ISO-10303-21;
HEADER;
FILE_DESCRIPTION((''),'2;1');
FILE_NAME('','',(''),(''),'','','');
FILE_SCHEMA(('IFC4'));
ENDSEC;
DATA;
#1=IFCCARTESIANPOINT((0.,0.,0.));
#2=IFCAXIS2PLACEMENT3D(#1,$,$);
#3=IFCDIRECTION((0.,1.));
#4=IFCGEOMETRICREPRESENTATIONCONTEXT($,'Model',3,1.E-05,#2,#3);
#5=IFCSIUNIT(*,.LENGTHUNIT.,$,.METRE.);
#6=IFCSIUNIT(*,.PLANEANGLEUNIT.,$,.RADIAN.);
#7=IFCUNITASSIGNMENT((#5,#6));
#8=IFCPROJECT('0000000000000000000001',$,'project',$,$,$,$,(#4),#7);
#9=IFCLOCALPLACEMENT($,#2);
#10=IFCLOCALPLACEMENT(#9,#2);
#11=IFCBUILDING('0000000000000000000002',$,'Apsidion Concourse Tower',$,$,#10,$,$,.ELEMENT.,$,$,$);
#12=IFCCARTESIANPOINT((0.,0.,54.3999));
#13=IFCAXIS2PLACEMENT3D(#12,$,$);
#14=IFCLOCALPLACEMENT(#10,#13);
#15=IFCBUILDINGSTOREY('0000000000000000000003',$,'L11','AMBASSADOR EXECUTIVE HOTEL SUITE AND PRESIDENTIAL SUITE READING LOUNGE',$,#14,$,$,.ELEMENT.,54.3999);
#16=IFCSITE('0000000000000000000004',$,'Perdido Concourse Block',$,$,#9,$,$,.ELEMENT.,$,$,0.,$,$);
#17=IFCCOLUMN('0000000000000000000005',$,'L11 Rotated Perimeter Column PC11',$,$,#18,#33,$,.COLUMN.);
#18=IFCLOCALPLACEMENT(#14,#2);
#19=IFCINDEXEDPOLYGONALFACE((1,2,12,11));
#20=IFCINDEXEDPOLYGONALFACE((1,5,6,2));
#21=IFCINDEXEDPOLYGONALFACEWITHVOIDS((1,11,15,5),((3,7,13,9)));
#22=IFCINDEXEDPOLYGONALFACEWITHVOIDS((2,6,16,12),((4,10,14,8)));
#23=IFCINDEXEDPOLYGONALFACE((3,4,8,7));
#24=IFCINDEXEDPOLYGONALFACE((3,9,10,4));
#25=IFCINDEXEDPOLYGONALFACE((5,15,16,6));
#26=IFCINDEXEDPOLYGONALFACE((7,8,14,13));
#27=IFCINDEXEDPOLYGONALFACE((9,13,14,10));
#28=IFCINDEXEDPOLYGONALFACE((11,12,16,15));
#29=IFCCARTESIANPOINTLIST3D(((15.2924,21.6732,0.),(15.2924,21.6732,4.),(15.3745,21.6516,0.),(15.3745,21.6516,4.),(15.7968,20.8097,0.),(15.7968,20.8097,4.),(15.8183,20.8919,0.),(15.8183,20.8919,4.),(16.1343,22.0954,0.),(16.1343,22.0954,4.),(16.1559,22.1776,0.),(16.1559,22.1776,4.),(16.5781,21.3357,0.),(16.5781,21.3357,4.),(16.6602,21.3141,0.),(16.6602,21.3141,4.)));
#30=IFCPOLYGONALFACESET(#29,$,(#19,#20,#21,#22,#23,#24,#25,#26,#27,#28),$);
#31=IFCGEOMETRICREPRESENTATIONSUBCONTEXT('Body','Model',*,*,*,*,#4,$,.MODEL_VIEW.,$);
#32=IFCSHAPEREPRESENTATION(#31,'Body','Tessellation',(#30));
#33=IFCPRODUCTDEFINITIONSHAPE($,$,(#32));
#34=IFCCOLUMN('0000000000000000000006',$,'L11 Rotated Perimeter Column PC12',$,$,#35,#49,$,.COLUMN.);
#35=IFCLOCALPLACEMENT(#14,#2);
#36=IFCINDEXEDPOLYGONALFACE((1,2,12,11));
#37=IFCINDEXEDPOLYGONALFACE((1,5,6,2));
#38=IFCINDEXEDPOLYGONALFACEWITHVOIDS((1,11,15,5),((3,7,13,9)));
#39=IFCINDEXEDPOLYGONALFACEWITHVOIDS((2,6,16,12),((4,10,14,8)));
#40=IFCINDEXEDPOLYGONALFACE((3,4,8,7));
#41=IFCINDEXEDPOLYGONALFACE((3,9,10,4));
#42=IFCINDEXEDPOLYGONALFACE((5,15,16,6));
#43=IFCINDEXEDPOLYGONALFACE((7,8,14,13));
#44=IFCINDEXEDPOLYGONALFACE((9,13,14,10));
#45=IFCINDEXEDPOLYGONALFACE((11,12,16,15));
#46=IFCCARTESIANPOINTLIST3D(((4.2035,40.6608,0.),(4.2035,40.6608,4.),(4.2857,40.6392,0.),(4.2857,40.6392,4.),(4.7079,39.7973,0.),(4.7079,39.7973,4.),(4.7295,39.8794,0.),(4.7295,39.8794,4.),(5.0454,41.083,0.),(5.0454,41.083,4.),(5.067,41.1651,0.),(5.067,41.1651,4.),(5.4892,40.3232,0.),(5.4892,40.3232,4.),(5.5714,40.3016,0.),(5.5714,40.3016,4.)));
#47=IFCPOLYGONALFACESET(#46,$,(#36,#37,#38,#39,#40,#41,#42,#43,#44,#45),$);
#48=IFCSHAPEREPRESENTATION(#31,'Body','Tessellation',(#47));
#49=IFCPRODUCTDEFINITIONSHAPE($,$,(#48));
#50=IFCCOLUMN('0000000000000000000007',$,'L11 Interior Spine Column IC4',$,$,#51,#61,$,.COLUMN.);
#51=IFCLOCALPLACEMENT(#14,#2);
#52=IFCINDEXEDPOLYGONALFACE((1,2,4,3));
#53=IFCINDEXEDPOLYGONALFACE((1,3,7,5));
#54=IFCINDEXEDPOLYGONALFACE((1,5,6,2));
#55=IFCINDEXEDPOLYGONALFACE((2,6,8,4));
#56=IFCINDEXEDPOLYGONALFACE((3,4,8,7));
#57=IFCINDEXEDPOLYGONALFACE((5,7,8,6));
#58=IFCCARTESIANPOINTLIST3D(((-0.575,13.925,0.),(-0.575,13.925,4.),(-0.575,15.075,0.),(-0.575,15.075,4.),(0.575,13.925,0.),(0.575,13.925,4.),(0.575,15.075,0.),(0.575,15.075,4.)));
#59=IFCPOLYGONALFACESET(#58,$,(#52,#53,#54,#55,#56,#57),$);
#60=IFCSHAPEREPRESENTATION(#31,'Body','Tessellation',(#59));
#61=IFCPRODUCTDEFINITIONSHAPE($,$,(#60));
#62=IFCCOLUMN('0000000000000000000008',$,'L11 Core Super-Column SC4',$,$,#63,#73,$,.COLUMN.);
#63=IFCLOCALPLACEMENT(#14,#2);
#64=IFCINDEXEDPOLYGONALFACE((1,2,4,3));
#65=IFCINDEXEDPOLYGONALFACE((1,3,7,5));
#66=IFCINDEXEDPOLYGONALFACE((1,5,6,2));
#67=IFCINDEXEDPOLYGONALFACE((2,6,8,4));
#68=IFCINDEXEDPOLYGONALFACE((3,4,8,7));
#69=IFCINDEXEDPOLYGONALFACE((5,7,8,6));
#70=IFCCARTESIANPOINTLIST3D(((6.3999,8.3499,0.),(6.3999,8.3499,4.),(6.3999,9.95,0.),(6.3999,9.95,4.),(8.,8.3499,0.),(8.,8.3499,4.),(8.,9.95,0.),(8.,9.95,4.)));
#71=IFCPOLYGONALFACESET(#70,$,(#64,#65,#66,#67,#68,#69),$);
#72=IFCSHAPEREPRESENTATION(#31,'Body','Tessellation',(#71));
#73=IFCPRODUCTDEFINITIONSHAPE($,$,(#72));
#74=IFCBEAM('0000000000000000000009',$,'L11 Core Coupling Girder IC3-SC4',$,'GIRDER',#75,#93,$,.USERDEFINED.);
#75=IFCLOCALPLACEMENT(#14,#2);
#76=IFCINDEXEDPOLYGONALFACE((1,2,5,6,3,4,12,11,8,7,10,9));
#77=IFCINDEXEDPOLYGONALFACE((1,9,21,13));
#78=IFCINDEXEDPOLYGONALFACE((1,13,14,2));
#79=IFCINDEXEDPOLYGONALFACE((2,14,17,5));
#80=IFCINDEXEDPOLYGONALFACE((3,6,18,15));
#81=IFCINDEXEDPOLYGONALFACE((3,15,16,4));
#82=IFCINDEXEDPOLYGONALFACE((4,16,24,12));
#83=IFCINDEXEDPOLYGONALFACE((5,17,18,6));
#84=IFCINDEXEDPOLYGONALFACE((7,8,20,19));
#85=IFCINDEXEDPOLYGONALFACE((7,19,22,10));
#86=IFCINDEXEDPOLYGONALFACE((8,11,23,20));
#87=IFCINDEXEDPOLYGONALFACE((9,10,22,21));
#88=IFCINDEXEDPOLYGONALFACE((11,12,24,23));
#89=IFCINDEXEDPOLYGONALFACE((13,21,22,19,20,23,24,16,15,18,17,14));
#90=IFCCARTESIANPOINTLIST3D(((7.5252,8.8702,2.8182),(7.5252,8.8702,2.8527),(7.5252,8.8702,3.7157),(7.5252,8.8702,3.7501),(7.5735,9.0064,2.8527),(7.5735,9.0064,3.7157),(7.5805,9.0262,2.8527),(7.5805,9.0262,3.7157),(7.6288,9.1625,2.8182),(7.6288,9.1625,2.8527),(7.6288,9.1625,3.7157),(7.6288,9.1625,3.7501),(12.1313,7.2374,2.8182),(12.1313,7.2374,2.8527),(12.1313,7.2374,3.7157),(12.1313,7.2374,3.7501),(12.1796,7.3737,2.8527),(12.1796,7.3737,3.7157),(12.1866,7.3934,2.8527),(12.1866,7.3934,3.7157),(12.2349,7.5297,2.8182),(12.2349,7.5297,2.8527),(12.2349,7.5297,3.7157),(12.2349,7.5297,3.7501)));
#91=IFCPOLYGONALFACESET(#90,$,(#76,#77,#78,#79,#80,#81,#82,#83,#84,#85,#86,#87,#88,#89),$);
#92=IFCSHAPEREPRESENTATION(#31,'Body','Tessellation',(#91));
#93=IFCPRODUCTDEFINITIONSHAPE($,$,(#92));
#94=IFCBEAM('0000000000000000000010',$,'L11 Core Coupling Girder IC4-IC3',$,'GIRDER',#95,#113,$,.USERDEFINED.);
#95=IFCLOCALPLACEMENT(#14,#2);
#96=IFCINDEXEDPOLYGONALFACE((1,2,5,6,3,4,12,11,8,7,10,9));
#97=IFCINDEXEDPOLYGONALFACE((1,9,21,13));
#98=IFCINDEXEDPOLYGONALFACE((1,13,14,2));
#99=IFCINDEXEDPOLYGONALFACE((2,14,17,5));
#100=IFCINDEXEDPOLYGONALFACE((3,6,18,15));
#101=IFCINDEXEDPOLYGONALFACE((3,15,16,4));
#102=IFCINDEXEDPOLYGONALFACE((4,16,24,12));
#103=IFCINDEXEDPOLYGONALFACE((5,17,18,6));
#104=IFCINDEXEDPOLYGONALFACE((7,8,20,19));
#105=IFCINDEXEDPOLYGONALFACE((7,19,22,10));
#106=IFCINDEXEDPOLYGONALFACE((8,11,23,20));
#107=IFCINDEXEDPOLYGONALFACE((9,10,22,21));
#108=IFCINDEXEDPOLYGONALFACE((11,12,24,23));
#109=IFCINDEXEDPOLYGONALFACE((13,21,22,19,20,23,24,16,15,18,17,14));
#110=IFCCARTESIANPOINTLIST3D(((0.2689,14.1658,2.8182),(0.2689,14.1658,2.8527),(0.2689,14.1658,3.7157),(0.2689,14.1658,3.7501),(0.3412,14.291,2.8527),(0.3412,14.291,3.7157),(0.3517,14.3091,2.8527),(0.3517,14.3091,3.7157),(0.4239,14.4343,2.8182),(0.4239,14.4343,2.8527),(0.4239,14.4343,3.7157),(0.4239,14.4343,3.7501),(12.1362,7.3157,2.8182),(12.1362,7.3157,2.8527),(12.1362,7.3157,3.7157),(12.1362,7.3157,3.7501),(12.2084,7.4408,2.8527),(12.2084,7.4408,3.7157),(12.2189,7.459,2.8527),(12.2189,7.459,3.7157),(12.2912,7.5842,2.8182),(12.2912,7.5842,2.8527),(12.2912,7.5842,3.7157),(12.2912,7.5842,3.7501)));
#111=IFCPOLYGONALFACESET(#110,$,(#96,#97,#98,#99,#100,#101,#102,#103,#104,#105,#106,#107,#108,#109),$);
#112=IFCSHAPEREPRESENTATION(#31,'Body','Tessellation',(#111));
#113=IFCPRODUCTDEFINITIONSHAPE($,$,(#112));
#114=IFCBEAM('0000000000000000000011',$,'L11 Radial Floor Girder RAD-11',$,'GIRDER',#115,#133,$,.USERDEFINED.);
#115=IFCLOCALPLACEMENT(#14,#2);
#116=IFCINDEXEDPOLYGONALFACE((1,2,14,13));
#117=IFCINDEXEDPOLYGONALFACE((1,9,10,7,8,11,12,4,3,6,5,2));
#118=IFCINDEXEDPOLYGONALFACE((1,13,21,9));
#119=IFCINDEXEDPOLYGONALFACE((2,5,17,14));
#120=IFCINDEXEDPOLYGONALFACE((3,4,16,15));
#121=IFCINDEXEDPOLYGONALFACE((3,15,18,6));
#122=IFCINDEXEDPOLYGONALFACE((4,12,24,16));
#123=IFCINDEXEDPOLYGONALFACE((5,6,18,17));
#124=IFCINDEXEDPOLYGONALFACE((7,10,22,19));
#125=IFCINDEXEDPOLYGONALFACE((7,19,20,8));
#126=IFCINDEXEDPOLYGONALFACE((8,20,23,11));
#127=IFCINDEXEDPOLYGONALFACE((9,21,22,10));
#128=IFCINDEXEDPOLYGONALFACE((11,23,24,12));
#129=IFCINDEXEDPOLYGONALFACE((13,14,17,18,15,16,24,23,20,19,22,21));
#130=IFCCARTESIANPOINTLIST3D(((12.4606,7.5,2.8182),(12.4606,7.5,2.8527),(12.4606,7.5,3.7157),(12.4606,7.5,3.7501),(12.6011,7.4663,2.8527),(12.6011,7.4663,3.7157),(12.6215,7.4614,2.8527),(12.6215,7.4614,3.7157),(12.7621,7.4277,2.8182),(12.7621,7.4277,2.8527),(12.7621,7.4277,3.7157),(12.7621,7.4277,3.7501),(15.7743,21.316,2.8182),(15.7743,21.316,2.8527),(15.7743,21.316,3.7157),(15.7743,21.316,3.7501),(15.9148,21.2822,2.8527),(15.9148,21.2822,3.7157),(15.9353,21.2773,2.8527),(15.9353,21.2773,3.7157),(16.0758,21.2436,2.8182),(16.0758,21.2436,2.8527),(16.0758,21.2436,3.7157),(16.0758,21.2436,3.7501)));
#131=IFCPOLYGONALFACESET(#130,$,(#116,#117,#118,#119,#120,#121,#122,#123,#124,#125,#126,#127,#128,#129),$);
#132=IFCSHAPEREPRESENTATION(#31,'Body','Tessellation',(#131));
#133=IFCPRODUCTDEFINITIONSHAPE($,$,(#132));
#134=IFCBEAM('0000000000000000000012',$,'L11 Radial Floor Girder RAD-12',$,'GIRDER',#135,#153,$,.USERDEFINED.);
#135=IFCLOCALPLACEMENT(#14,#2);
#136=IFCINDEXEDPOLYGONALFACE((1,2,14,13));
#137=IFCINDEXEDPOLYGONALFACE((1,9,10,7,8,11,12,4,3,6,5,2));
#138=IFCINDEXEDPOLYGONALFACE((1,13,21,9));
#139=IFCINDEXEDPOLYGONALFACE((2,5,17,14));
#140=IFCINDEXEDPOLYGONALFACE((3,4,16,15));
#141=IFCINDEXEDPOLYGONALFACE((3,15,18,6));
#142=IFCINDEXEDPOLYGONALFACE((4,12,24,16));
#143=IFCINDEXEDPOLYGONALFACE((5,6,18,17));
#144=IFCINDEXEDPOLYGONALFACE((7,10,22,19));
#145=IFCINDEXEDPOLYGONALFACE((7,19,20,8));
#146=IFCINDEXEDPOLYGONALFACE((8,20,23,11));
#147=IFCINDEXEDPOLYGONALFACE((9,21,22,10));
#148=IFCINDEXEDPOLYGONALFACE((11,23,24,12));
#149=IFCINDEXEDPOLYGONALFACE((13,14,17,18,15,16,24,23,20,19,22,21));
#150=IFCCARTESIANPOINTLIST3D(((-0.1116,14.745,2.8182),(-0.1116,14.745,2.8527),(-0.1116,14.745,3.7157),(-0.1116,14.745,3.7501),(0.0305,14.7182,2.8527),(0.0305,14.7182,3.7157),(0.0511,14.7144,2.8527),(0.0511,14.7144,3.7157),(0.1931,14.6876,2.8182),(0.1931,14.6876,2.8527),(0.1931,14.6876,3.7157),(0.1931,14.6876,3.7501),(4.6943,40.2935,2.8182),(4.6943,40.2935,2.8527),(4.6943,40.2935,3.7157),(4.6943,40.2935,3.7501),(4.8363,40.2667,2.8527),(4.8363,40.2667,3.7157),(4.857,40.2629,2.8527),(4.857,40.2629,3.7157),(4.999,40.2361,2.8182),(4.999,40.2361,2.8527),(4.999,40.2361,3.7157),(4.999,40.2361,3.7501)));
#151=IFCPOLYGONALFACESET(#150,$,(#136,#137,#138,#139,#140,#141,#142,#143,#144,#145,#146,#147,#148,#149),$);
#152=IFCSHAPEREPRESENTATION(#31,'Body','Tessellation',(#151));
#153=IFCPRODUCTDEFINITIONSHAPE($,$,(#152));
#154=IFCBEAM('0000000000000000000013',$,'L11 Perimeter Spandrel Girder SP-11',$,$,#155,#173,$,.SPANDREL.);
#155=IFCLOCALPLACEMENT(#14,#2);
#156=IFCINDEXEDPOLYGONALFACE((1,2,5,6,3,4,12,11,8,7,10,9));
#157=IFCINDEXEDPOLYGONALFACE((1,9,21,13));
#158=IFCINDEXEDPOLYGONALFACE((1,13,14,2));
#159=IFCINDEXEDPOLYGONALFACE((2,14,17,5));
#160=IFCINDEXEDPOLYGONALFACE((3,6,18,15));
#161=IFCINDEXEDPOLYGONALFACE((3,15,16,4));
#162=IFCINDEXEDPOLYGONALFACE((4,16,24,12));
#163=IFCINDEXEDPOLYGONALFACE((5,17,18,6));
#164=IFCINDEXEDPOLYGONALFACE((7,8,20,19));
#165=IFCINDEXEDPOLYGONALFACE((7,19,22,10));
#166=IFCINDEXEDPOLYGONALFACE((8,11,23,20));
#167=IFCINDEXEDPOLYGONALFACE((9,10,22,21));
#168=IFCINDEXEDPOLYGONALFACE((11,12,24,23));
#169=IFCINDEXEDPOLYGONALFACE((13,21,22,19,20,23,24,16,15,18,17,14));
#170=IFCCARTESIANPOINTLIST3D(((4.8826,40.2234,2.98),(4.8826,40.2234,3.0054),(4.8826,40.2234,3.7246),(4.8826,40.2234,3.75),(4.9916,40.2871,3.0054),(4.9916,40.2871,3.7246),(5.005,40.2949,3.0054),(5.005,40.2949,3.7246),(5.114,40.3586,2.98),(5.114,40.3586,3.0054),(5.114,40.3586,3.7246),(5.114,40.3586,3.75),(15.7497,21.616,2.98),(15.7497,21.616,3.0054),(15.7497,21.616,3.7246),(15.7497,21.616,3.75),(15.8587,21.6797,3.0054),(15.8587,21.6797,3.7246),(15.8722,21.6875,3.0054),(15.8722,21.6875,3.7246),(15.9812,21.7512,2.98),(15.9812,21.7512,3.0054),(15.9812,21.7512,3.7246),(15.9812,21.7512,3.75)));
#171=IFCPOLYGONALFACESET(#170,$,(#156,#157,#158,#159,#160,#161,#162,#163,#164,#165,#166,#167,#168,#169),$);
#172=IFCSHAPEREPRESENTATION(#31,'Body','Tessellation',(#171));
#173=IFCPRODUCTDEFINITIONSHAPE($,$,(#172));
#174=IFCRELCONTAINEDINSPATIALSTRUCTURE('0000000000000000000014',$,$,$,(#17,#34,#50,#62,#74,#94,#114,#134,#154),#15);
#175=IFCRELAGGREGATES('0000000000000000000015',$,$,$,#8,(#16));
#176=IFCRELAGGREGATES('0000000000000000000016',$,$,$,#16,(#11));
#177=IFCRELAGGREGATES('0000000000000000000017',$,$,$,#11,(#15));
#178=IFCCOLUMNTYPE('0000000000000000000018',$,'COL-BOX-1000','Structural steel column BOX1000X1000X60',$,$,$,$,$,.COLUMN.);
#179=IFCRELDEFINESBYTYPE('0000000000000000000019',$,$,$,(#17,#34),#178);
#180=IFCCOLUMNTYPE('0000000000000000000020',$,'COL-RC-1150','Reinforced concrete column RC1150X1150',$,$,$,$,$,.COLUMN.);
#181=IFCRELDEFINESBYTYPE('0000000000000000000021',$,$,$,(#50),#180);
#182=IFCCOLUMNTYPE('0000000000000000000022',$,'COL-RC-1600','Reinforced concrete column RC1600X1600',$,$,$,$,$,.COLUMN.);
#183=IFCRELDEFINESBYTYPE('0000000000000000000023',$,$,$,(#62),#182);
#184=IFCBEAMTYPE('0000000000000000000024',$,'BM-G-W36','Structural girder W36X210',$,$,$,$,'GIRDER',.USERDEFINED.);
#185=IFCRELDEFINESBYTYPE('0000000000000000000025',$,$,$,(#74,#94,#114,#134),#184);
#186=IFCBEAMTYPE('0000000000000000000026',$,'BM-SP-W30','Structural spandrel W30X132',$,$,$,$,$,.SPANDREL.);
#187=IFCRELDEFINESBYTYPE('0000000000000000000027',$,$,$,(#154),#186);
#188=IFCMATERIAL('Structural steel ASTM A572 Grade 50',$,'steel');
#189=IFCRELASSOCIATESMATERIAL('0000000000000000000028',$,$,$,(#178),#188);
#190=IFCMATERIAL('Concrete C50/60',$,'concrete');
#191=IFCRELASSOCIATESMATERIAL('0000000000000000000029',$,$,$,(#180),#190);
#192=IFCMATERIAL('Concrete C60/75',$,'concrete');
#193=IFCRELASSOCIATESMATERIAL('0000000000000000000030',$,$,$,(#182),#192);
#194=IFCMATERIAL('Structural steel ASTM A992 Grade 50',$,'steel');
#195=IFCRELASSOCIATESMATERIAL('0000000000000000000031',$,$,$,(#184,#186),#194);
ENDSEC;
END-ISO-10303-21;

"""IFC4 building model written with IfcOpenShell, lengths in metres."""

from ifc_helpers import new_model, si_unit, direction, frame, origin, origin_2d, place, context, subcontext, project, spatial, rectangle, hollow_rectangle, i_section, extrude, material, material_profile, profile_set, type_object, element, save


model = new_model("IFC4")

# Units and contexts
model_context = context("Model", 3, precision=1e-05, world=origin(), true_north=direction((0.0, 1.0)))
body_context = subcontext(model_context, "Body", "Model", "MODEL_VIEW")
ifc_project = project(units=[si_unit("LENGTHUNIT", "METRE"), si_unit("PLANEANGLEUNIT", "RADIAN")], contexts=[model_context])

# Site, building, storey
site_placement = place(None, origin())
site = spatial("IfcSite", under=ifc_project, at=site_placement, Name="Perdido Concourse Block", CompositionType="ELEMENT", RefElevation=0.0)
building_placement = place(site_placement, origin())
building = spatial("IfcBuilding", under=site, at=building_placement, Name="Apsidion Concourse Tower", CompositionType="ELEMENT")
storey_placement = place(building_placement, frame((0.0, 0.0, 54.3999)))
storey = spatial("IfcBuildingStorey", under=building, at=storey_placement, Name="L11", Description="AMBASSADOR EXECUTIVE HOTEL SUITE AND PRESIDENTIAL SUITE READING LOUNGE", CompositionType="ELEMENT", Elevation=54.3999)

# Columns
ifc_material_1 = material(Name="Structural steel ASTM A572 Grade 50", Category="steel")
ifc_material_profile_1 = material_profile(ifc_material_1, hollow_rectangle(XDim=1.0, YDim=1.0, WallThickness=0.0601, at=origin_2d()), Name="BOX1000X1000X60")
ifc_profile_set_1 = profile_set([ifc_material_profile_1], Name="Structural steel ASTM A572 Grade 50")
column_type_1 = type_object("IfcColumnType", Name="COL-BOX-1000", Description="Structural steel column BOX1000X1000X60", PredefinedType="COLUMN", material=ifc_profile_set_1)
for number, where, z_axis, x_axis, name in (
    (1, (15.9763, 21.4937, 0.0), (0.0, 0.0, 1.0), (-0.504377, 0.863484, 0.0), "L11 Rotated Perimeter Column PC11"),
    (2, (4.8875, 40.4812, 0.0), (0.0, 0.0, 1.0), (-0.504377, 0.863484, 0.0), "L11 Rotated Perimeter Column PC12"),
):
    element("IfcColumn", number, at=place(storey_placement, frame(where, z_axis=z_axis, x_axis=x_axis)), inside=storey, type_object=column_type_1, Name=name, PredefinedType="COLUMN", context=body_context, shape_type="SweptSolid", body=[
        extrude(hollow_rectangle(XDim=1.0, YDim=1.0, WallThickness=0.0601, at=origin_2d()), origin(), (0.0, 0.0, 1.0), 4.0),
    ])
ifc_material_2 = material(Name="Concrete C50/60", Category="concrete")
ifc_material_profile_2 = material_profile(ifc_material_2, rectangle(XDim=1.1499, YDim=1.1499, at=origin_2d()), Name="RC 1150x1150")
ifc_profile_set_2 = profile_set([ifc_material_profile_2], Name="Concrete C50/60")
column_type_2 = type_object("IfcColumnType", Name="COL-RC-1150", Description="Reinforced concrete column RC1150X1150", PredefinedType="COLUMN", material=ifc_profile_set_2)
column_1_placement = place(storey_placement, frame((0.0, 14.5, 0.0), z_axis=(0.0, 0.0, 1.0), x_axis=(1.0, 0.0, 0.0)))
element("IfcColumn", 3, at=column_1_placement, inside=storey, type_object=column_type_2, Name="L11 Interior Spine Column IC4", PredefinedType="COLUMN", context=body_context, shape_type="SweptSolid", body=[
    extrude(rectangle(XDim=1.1499, YDim=1.1499, at=origin_2d()), origin(), (0.0, 0.0, 1.0), 4.0),
])
ifc_material_3 = material(Name="Concrete C60/75", Category="concrete")
ifc_material_profile_3 = material_profile(ifc_material_3, rectangle(XDim=1.6001, YDim=1.6001, at=origin_2d()), Name="RC 1600x1600")
ifc_profile_set_3 = profile_set([ifc_material_profile_3], Name="Concrete C60/75")
column_type_3 = type_object("IfcColumnType", Name="COL-RC-1600", Description="Reinforced concrete column RC1600X1600", PredefinedType="COLUMN", material=ifc_profile_set_3)
column_2_placement = place(storey_placement, frame((7.2, 9.1499, 0.0), z_axis=(0.0, 0.0, 1.0), x_axis=(1.0, 0.0, 0.0)))
element("IfcColumn", 4, at=column_2_placement, inside=storey, type_object=column_type_3, Name="L11 Core Super-Column SC4", PredefinedType="COLUMN", context=body_context, shape_type="SweptSolid", body=[
    extrude(rectangle(XDim=1.6001, YDim=1.6001, at=origin_2d()), origin(), (0.0, 0.0, 1.0), 4.0),
])

# Beams
ifc_material_4 = material(Name="Structural steel ASTM A992 Grade 50", Category="steel")
ifc_material_profile_4 = material_profile(ifc_material_4, i_section(OverallWidth=0.3101, OverallDepth=0.9319, WebThickness=0.021, FlangeThickness=0.0344, at=origin_2d()), Name="W36X210")
ifc_profile_set_4 = profile_set([ifc_material_profile_4], Name="Structural steel ASTM A992 Grade 50")
beam_type_1 = type_object("IfcBeamType", Name="BM-G-W36", Description="Structural girder W36X210", ElementType="GIRDER", PredefinedType="USERDEFINED", material=ifc_profile_set_4)
beam_1_placement = place(storey_placement, frame((12.1831, 7.3835, 3.2842), z_axis=(-0.942534, 0.334111, 0.0), x_axis=(-0.334111, -0.942534, 0.0)))
element("IfcBeam", 5, at=beam_1_placement, inside=storey, type_object=beam_type_1, Name="L11 Core Coupling Girder IC3-SC4", ObjectType="GIRDER", PredefinedType="USERDEFINED", context=body_context, shape_type="SweptSolid", body=[
    extrude(i_section(OverallWidth=0.3101, OverallDepth=0.9319, WebThickness=0.021, FlangeThickness=0.0344, at=origin_2d()), origin(), (0.0, 0.0, 1.0), 4.887),
])
beam_2_placement = place(storey_placement, frame((0.3464, 14.3, 3.2842), z_axis=(0.86607, -0.499922, 0.0), x_axis=(0.499922, 0.86607, 0.0)))
element("IfcBeam", 6, at=beam_2_placement, inside=storey, type_object=beam_type_1, Name="L11 Core Coupling Girder IC4-IC3", ObjectType="GIRDER", PredefinedType="USERDEFINED", context=body_context, shape_type="SweptSolid", body=[
    extrude(i_section(OverallWidth=0.3101, OverallDepth=0.9319, WebThickness=0.021, FlangeThickness=0.0344, at=origin_2d()), origin(), (0.0, 0.0, 1.0), 13.7024),
])
beam_3_placement = place(storey_placement, frame((12.6113, 7.4639, 3.2842), z_axis=(0.233233, 0.972421, 0.0), x_axis=(-0.972421, 0.233233, 0.0)))
element("IfcBeam", 7, at=beam_3_placement, inside=storey, type_object=beam_type_1, Name="L11 Radial Floor Girder RAD-11", ObjectType="GIRDER", PredefinedType="USERDEFINED", context=body_context, shape_type="SweptSolid", body=[
    extrude(i_section(OverallWidth=0.3101, OverallDepth=0.9319, WebThickness=0.021, FlangeThickness=0.0344, at=origin_2d()), origin(), (0.0, 0.0, 1.0), 14.2078),
])
beam_4_placement = place(storey_placement, frame((0.0408, 14.7163, 3.2842), z_axis=(0.184866, 0.982764, 0.0), x_axis=(-0.982764, 0.184866, 0.0)))
element("IfcBeam", 8, at=beam_4_placement, inside=storey, type_object=beam_type_1, Name="L11 Radial Floor Girder RAD-12", ObjectType="GIRDER", PredefinedType="USERDEFINED", context=body_context, shape_type="SweptSolid", body=[
    extrude(i_section(OverallWidth=0.3101, OverallDepth=0.9319, WebThickness=0.021, FlangeThickness=0.0344, at=origin_2d()), origin(), (0.0, 0.0, 1.0), 25.9966),
])
ifc_material_profile_5 = material_profile(ifc_material_4, i_section(OverallWidth=0.2681, OverallDepth=0.77, WebThickness=0.0156, FlangeThickness=0.0254, at=origin_2d()), Name="W30X132")
ifc_profile_set_5 = profile_set([ifc_material_profile_5], Name="Structural steel ASTM A992 Grade 50")
beam_type_2 = type_object("IfcBeamType", Name="BM-SP-W30", Description="Structural spandrel W30X132", PredefinedType="SPANDREL", material=ifc_profile_set_5)
beam_5_placement = place(storey_placement, frame((15.8655, 21.6836, 3.365), z_axis=(-0.504316, 0.863519, 0.0), x_axis=(-0.863519, -0.504316, 0.0)))
element("IfcBeam", 9, at=beam_5_placement, inside=storey, type_object=beam_type_2, Name="L11 Perimeter Spandrel Girder SP-11", PredefinedType="SPANDREL", context=body_context, shape_type="SweptSolid", body=[
    extrude(i_section(OverallWidth=0.2681, OverallDepth=0.77, WebThickness=0.0156, FlangeThickness=0.0254, at=origin_2d()), origin(), (0.0, 0.0, 1.0), 21.5483),
])

save(model, "model.ifc")
